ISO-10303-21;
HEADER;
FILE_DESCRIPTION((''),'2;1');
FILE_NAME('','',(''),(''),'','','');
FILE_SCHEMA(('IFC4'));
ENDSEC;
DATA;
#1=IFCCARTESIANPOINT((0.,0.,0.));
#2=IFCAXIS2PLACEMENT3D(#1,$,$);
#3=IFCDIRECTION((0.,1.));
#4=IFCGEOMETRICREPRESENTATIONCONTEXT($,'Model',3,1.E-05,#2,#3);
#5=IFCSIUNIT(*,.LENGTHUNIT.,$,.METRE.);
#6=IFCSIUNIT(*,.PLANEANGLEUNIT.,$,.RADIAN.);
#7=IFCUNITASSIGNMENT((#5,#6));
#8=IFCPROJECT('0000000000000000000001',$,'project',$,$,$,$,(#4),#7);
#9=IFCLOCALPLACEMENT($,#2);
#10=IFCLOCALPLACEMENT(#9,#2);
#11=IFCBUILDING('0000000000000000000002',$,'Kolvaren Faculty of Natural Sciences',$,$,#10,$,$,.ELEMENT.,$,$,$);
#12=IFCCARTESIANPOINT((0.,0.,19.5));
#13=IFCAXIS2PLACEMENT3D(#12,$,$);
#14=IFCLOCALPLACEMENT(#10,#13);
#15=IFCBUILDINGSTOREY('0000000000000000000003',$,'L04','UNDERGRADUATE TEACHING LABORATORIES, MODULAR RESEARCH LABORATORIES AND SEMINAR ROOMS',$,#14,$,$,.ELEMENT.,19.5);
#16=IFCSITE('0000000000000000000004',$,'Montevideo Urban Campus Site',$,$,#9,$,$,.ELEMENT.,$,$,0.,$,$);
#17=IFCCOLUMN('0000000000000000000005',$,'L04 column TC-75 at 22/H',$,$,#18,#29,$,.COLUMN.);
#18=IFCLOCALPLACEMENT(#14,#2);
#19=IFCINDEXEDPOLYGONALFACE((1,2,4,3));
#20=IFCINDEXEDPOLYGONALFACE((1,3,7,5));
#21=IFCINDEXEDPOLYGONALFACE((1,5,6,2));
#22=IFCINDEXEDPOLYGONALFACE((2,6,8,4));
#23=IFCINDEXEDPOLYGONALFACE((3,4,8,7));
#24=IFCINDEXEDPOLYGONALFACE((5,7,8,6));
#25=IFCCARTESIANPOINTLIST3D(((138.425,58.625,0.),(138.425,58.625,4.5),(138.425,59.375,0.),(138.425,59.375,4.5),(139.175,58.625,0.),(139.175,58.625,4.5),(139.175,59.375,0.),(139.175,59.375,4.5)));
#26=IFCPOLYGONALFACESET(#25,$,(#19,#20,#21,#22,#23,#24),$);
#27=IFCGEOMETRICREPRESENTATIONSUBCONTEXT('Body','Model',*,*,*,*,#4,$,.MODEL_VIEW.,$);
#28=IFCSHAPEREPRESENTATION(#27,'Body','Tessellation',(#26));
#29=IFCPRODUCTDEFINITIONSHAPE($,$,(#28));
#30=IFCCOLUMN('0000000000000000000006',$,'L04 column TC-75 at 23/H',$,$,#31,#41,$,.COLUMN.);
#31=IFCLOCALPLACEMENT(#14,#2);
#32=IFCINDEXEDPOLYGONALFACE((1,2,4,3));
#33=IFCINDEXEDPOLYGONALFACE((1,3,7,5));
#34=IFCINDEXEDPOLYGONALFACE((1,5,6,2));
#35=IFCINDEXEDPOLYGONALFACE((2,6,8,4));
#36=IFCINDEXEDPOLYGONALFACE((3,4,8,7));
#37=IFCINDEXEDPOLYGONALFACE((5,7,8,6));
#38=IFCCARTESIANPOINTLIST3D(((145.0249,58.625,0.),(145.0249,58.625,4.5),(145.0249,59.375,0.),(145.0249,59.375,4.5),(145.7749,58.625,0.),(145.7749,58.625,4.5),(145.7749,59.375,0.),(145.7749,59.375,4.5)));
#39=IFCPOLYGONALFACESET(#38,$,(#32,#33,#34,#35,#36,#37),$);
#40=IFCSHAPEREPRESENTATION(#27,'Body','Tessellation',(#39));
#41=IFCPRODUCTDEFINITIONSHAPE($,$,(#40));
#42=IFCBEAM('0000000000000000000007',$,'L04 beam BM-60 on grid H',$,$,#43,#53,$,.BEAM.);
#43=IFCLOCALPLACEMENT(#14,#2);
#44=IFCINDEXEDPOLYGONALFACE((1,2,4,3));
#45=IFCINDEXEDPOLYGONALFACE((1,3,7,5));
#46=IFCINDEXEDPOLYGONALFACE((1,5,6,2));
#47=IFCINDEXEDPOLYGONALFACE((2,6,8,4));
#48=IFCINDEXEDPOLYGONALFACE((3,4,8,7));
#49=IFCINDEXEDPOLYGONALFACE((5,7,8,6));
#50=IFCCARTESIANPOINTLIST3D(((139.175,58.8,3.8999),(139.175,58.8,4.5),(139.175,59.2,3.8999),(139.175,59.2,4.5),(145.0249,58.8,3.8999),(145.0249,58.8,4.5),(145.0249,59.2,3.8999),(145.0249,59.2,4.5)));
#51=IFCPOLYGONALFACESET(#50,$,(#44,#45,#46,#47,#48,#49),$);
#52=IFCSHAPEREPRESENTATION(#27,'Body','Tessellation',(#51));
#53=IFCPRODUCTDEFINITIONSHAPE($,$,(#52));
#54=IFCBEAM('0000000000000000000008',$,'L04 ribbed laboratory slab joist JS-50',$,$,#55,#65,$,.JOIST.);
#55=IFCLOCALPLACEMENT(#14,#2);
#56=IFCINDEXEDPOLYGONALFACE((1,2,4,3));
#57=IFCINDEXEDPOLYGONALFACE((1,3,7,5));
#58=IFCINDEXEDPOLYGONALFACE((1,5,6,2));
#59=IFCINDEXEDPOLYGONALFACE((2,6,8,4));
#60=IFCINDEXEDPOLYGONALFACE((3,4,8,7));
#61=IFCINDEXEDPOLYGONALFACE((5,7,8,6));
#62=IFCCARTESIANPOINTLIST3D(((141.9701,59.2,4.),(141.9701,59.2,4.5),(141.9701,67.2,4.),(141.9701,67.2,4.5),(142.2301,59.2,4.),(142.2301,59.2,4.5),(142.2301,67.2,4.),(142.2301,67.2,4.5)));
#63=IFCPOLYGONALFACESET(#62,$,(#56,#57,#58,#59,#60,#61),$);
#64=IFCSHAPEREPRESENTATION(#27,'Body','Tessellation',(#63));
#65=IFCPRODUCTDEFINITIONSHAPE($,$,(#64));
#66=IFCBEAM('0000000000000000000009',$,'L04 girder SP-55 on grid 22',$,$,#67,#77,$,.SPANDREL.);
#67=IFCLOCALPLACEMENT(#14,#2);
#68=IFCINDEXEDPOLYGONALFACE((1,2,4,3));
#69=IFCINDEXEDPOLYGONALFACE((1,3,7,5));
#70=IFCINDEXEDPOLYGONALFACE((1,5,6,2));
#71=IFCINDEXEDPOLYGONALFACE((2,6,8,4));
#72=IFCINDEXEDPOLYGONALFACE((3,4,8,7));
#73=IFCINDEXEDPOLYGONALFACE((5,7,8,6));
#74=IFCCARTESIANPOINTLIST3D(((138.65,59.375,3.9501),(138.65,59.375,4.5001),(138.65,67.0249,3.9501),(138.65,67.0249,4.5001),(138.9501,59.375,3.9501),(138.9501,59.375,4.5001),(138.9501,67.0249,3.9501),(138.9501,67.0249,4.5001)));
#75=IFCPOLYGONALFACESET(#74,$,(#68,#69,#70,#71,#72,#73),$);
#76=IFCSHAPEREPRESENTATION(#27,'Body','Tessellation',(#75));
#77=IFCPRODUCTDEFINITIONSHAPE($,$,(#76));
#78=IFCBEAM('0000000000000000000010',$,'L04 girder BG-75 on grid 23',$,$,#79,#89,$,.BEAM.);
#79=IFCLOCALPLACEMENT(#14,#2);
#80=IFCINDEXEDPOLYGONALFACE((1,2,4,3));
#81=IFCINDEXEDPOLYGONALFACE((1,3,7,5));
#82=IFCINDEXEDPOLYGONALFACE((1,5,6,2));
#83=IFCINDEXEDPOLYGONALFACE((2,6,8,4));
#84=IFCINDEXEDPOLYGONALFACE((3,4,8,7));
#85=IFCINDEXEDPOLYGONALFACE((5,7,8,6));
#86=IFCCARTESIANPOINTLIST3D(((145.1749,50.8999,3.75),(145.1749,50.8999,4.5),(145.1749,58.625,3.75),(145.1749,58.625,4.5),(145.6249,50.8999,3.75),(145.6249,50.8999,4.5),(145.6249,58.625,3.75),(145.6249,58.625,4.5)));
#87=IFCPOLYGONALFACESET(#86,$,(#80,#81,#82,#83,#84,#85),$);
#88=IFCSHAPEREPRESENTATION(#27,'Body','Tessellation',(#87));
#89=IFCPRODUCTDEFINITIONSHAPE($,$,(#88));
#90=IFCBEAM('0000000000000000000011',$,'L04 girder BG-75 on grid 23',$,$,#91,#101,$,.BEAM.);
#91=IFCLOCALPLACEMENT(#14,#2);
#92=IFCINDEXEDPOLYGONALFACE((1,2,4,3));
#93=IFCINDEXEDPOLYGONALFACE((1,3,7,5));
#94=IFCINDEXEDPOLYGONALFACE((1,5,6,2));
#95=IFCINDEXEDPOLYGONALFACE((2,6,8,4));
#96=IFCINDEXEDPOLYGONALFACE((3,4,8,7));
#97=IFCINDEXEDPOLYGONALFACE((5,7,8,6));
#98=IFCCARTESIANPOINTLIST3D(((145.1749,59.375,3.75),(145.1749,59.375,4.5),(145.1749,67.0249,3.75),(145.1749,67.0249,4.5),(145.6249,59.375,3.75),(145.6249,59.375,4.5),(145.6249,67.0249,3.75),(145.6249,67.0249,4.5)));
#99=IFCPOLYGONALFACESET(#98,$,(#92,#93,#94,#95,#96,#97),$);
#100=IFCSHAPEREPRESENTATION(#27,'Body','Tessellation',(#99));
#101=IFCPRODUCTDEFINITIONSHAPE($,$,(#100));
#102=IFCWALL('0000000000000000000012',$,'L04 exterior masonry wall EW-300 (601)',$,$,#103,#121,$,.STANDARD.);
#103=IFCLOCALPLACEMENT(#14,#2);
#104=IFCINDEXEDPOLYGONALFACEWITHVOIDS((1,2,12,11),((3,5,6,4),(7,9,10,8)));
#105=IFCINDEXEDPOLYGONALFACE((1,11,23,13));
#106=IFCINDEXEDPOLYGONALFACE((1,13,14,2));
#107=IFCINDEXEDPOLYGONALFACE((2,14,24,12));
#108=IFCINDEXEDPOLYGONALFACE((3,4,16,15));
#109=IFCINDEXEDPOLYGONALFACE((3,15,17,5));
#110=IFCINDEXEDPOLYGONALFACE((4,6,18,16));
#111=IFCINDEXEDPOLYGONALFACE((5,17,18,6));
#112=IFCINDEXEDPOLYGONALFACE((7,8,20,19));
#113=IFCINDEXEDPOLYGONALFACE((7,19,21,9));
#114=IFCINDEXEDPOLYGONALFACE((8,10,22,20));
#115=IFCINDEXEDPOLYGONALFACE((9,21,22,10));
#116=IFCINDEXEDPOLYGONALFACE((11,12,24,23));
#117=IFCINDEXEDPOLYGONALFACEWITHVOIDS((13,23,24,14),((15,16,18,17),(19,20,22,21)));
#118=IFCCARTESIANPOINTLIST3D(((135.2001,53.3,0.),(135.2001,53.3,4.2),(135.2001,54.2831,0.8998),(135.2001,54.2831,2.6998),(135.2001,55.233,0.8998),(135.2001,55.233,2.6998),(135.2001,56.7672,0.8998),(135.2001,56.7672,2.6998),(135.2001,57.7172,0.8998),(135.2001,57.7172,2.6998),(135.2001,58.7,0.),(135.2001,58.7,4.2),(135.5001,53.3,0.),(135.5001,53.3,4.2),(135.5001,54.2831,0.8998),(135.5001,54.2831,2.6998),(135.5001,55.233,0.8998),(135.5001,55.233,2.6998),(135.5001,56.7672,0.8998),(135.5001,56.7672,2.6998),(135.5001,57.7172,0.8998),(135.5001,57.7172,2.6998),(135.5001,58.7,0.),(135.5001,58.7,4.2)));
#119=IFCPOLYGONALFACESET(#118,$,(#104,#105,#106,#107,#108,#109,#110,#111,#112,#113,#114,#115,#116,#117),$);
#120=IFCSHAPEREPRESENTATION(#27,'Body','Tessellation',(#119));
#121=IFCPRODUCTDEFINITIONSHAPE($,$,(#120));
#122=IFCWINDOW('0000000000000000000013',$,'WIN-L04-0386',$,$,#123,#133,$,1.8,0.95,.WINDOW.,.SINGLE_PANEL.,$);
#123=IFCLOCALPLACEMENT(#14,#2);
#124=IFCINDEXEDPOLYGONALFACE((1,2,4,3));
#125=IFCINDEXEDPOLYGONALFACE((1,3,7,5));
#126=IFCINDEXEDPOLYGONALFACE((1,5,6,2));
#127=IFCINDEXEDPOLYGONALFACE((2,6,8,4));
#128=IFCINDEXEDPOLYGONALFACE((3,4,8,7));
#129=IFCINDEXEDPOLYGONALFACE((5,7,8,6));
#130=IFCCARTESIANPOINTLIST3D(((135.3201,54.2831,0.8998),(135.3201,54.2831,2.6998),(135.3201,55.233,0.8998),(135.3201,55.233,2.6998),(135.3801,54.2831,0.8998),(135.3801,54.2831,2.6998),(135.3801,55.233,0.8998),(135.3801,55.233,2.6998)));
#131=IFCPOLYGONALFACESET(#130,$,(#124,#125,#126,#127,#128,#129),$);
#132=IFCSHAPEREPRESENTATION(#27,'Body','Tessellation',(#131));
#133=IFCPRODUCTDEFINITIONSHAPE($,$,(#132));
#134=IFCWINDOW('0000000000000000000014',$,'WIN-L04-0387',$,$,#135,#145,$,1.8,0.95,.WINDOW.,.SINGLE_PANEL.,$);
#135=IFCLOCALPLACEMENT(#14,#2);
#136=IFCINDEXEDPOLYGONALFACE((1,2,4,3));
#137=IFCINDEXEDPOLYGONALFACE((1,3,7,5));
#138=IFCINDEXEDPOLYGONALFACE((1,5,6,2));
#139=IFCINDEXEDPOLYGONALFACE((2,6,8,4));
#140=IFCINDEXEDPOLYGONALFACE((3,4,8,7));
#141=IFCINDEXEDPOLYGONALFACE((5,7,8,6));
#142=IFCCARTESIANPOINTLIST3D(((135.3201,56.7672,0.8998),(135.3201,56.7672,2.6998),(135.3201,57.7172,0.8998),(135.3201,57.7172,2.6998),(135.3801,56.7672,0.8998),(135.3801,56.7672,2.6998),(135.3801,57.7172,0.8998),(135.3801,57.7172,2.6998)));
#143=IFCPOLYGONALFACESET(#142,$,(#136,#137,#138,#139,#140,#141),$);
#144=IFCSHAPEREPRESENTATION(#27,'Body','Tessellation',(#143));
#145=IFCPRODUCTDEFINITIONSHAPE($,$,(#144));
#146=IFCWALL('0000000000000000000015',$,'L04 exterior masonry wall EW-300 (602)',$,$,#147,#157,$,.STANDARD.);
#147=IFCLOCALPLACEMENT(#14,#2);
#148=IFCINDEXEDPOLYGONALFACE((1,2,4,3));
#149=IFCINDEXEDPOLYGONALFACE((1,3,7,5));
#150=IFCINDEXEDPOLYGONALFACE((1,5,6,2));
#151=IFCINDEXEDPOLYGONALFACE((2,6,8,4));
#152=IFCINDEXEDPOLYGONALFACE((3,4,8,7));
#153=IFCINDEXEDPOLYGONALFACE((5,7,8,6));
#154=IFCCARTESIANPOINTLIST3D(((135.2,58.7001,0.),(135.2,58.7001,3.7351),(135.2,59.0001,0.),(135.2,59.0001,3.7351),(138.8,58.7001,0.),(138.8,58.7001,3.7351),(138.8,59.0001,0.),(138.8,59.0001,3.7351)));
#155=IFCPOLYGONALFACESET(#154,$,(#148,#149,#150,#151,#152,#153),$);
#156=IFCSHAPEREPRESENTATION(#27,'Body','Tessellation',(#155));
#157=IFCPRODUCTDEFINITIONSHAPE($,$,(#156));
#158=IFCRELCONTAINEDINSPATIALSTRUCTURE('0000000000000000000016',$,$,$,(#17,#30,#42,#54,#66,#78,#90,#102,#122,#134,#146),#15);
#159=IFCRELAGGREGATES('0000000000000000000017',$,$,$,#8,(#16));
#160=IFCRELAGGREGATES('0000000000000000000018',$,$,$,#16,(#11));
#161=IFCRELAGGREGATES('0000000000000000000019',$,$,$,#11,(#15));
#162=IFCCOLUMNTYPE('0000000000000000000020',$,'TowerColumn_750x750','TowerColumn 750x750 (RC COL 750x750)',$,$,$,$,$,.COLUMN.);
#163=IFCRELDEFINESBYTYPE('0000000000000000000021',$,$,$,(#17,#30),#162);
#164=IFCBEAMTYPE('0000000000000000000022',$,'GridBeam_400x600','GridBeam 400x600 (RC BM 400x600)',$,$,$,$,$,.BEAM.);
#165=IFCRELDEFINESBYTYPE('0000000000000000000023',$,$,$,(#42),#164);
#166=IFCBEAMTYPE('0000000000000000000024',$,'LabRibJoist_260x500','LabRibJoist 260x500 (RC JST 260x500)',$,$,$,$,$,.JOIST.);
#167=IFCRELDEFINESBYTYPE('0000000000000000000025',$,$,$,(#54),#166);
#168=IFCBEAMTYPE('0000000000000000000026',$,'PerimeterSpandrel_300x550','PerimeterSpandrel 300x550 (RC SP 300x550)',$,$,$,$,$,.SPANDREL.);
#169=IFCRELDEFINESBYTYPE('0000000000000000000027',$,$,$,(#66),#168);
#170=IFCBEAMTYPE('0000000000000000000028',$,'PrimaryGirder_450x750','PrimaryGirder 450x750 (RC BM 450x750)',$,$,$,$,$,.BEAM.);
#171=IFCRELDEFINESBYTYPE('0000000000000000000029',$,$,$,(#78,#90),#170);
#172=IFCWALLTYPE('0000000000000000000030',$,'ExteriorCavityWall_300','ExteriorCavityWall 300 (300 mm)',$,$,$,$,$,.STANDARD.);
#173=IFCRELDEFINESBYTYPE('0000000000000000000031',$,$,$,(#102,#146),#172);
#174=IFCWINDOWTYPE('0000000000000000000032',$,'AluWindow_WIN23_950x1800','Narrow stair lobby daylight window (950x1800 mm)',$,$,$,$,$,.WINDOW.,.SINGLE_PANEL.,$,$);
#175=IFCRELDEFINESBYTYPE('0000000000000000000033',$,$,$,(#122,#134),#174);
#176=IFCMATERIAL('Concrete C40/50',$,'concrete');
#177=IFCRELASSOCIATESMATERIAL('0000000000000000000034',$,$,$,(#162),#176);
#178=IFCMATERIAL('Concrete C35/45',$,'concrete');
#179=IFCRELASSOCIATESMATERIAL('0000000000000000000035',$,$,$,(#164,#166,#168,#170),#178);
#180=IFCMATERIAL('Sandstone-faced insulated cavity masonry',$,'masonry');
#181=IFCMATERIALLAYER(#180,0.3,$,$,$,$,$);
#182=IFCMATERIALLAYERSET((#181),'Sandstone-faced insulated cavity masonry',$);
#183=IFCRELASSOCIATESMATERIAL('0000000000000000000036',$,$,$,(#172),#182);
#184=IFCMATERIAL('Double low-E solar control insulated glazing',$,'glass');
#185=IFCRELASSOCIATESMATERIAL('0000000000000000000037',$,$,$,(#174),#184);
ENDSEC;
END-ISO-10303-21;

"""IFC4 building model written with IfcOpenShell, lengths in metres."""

from ifc_helpers import new_model, si_unit, direction, frame, frame_2d, origin, origin_2d, place, context, subcontext, project, spatial, rectangle, extrude, material, layer, layer_set, material_profile, profile_set, type_object, element, fill, save


model = new_model("IFC4")

# Units and contexts
model_context = context("Model", 3, precision=1e-05, world=origin(), true_north=direction((0.0, 1.0)))
body_context = subcontext(model_context, "Body", "Model", "MODEL_VIEW")
ifc_project = project(units=[si_unit("LENGTHUNIT", "METRE"), si_unit("PLANEANGLEUNIT", "RADIAN")], contexts=[model_context])

# Site, building, storey
site_placement = place(None, origin())
site = spatial("IfcSite", under=ifc_project, at=site_placement, Name="Montevideo Urban Campus Site", CompositionType="ELEMENT", RefElevation=0.0)
building_placement = place(site_placement, origin())
building = spatial("IfcBuilding", under=site, at=building_placement, Name="Kolvaren Faculty of Natural Sciences", CompositionType="ELEMENT")
storey_placement = place(building_placement, frame((0.0, 0.0, 19.5)))
storey = spatial("IfcBuildingStorey", under=building, at=storey_placement, Name="L04", Description="UNDERGRADUATE TEACHING LABORATORIES, MODULAR RESEARCH LABORATORIES AND SEMINAR ROOMS", CompositionType="ELEMENT", Elevation=19.5)

# Columns
ifc_material_1 = material(Name="Concrete C40/50", Category="concrete")
ifc_material_profile_1 = material_profile(ifc_material_1, rectangle(XDim=0.75, YDim=0.75, at=origin_2d()), Name="RC COL 750x750")
ifc_profile_set_1 = profile_set([ifc_material_profile_1], Name="Concrete C40/50")
column_type = type_object("IfcColumnType", Name="TowerColumn_750x750", Description="TowerColumn 750x750 (RC COL 750x750)", PredefinedType="COLUMN", material=ifc_profile_set_1)
for number, where, z_axis, x_axis, name in (
    (1, (138.8, 59.0, 0.0), (0.0, 0.0, 1.0), (1.0, 0.0, 0.0), "L04 column TC-75 at 22/H"),
    (2, (145.3999, 59.0, 0.0), (0.0, 0.0, 1.0), (1.0, 0.0, 0.0), "L04 column TC-75 at 23/H"),
):
    element("IfcColumn", number, at=place(storey_placement, frame(where, z_axis=z_axis, x_axis=x_axis)), inside=storey, type_object=column_type, Name=name, PredefinedType="COLUMN", context=body_context, shape_type="SweptSolid", body=[
        extrude(rectangle(XDim=0.75, YDim=0.75, at=origin_2d()), origin(), (0.0, 0.0, 1.0), 4.5),
    ])

# Beams
ifc_material_2 = material(Name="Concrete C35/45", Category="concrete")
ifc_material_profile_2 = material_profile(ifc_material_2, rectangle(XDim=0.3999, YDim=0.6001, at=origin_2d()), Name="RC BM 400x600")
ifc_profile_set_2 = profile_set([ifc_material_profile_2], Name="Concrete C35/45")
beam_type_1 = type_object("IfcBeamType", Name="GridBeam_400x600", Description="GridBeam 400x600 (RC BM 400x600)", PredefinedType="BEAM", material=ifc_profile_set_2)
beam_1_placement = place(storey_placement, frame((139.175, 59.0, 4.2), z_axis=(1.0, 0.0, 0.0), x_axis=(0.0, 1.0, 0.0)))
element("IfcBeam", 3, at=beam_1_placement, inside=storey, type_object=beam_type_1, Name="L04 beam BM-60 on grid H", PredefinedType="BEAM", context=body_context, shape_type="SweptSolid", body=[
    extrude(rectangle(XDim=0.3999, YDim=0.6001, at=origin_2d()), origin(), (0.0, 0.0, 1.0), 5.8499),
])
ifc_material_profile_3 = material_profile(ifc_material_2, rectangle(XDim=0.26, YDim=0.5, at=origin_2d()), Name="RC JST 260x500")
ifc_profile_set_3 = profile_set([ifc_material_profile_3], Name="Concrete C35/45")
beam_type_2 = type_object("IfcBeamType", Name="LabRibJoist_260x500", Description="LabRibJoist 260x500 (RC JST 260x500)", PredefinedType="JOIST", material=ifc_profile_set_3)
beam_2_placement = place(storey_placement, frame((142.1001, 59.2, 4.25), z_axis=(0.0, 1.0, 0.0), x_axis=(-1.0, 0.0, 0.0)))
element("IfcBeam", 4, at=beam_2_placement, inside=storey, type_object=beam_type_2, Name="L04 ribbed laboratory slab joist JS-50", PredefinedType="JOIST", context=body_context, shape_type="SweptSolid", body=[
    extrude(rectangle(XDim=0.26, YDim=0.5, at=origin_2d()), origin(), (0.0, 0.0, 1.0), 8.0),
])
ifc_material_profile_4 = material_profile(ifc_material_2, rectangle(XDim=0.3, YDim=0.55, at=origin_2d()), Name="RC SP 300x550")
ifc_profile_set_4 = profile_set([ifc_material_profile_4], Name="Concrete C35/45")
beam_type_3 = type_object("IfcBeamType", Name="PerimeterSpandrel_300x550", Description="PerimeterSpandrel 300x550 (RC SP 300x550)", PredefinedType="SPANDREL", material=ifc_profile_set_4)
beam_3_placement = place(storey_placement, frame((138.8, 59.375, 4.2251), z_axis=(0.0, 1.0, 0.0), x_axis=(-1.0, 0.0, 0.0)))
element("IfcBeam", 5, at=beam_3_placement, inside=storey, type_object=beam_type_3, Name="L04 girder SP-55 on grid 22", PredefinedType="SPANDREL", context=body_context, shape_type="SweptSolid", body=[
    extrude(rectangle(XDim=0.3, YDim=0.55, at=origin_2d()), origin(), (0.0, 0.0, 1.0), 7.6499),
])
ifc_material_profile_5 = material_profile(ifc_material_2, rectangle(XDim=0.45, YDim=0.75, at=origin_2d()), Name="RC BM 450x750")
ifc_profile_set_5 = profile_set([ifc_material_profile_5], Name="Concrete C35/45")
beam_type_4 = type_object("IfcBeamType", Name="PrimaryGirder_450x750", Description="PrimaryGirder 450x750 (RC BM 450x750)", PredefinedType="BEAM", material=ifc_profile_set_5)
beam_4_placement = place(storey_placement, frame((145.3999, 50.8999, 4.125), z_axis=(0.0, 1.0, 0.0), x_axis=(-1.0, 0.0, 0.0)))
element("IfcBeam", 6, at=beam_4_placement, inside=storey, type_object=beam_type_4, Name="L04 girder BG-75 on grid 23", PredefinedType="BEAM", context=body_context, shape_type="SweptSolid", body=[
    extrude(rectangle(XDim=0.45, YDim=0.75, at=origin_2d()), origin(), (0.0, 0.0, 1.0), 7.7251),
])
beam_5_placement = place(storey_placement, frame((145.3999, 59.375, 4.125), z_axis=(0.0, 1.0, 0.0), x_axis=(-1.0, 0.0, 0.0)))
element("IfcBeam", 7, at=beam_5_placement, inside=storey, type_object=beam_type_4, Name="L04 girder BG-75 on grid 23", PredefinedType="BEAM", context=body_context, shape_type="SweptSolid", body=[
    extrude(rectangle(XDim=0.45, YDim=0.75, at=origin_2d()), origin(), (0.0, 0.0, 1.0), 7.6499),
])

# Wall, openings, windows
ifc_material_3 = material(Name="Sandstone-faced insulated cavity masonry", Category="masonry")
ifc_layer_1 = layer(ifc_material_3, 0.3)
ifc_layer_set_1 = layer_set([ifc_layer_1], Name="Sandstone-faced insulated cavity masonry")
wall_type_1 = type_object("IfcWallType", Name="ExteriorCavityWall_300", Description="ExteriorCavityWall 300 (300 mm)", PredefinedType="STANDARD", material=ifc_layer_set_1)
wall_1_placement = place(storey_placement, frame((135.3501, 53.3, 0.0), z_axis=(0.0, 0.0, 1.0), x_axis=(0.0, 1.0, 0.0)))
wall_1 = element("IfcWall", 8, at=wall_1_placement, inside=storey, type_object=wall_type_1, Name="L04 exterior masonry wall EW-300 (601)", PredefinedType="STANDARD", context=body_context, shape_type="SweptSolid", body=[
    extrude(rectangle(XDim=5.3999, YDim=0.3, at=frame_2d((2.7, 0.0))), origin(), (0.0, 0.0, 1.0), 4.2),
])
opening_1_placement = place(wall_1_placement, frame((0.9829, 0.0, 0.8999)))
opening_1 = element("IfcOpeningElement", 9, at=opening_1_placement, cuts=wall_1, PredefinedType="OPENING", context=body_context, shape_type="SweptSolid", body=[
    extrude(rectangle(XDim=0.95, YDim=1.8, at=frame_2d((0.4751, 0.8999))), frame((0.0, 0.1599, 0.0), z_axis=(0.0, -1.0, 0.0), x_axis=(1.0, 0.0, 0.0)), (0.0, 0.0, 1.0), 0.3201),
])
opening_2_placement = place(wall_1_placement, frame((3.467, 0.0, 0.8999)))
opening_2 = element("IfcOpeningElement", 10, at=opening_2_placement, cuts=wall_1, PredefinedType="OPENING", context=body_context, shape_type="SweptSolid", body=[
    extrude(rectangle(XDim=0.95, YDim=1.8, at=frame_2d((0.4751, 0.8999))), frame((0.0, 0.1599, 0.0), z_axis=(0.0, -1.0, 0.0), x_axis=(1.0, 0.0, 0.0)), (0.0, 0.0, 1.0), 0.3201),
])
ifc_material_4 = material(Name="Double low-E solar control insulated glazing", Category="glass")
window_type_1 = type_object("IfcWindowType", Name="AluWindow_WIN23_950x1800", Description="Narrow stair lobby daylight window (950x1800 mm)", PartitioningType="SINGLE_PANEL", PredefinedType="WINDOW", material=ifc_material_4)
window_1_placement = place(opening_1_placement, origin())
window_1 = element("IfcWindow", 11, at=window_1_placement, inside=storey, type_object=window_type_1, Name="WIN-L04-0386", OverallHeight=1.8, OverallWidth=0.95, PartitioningType="SINGLE_PANEL", PredefinedType="WINDOW", context=body_context, shape_type="SweptSolid", body=[
    extrude(rectangle(XDim=0.95, YDim=1.8, at=frame_2d((0.4751, 0.8999))), frame((0.0, 0.03, 0.0), z_axis=(0.0, -1.0, 0.0), x_axis=(1.0, 0.0, 0.0)), (0.0, 0.0, 1.0), 0.0601),
])
fill(opening_1, window_1)
window_2_placement = place(opening_2_placement, origin())
window_2 = element("IfcWindow", 12, at=window_2_placement, inside=storey, type_object=window_type_1, Name="WIN-L04-0387", OverallHeight=1.8, OverallWidth=0.95, PartitioningType="SINGLE_PANEL", PredefinedType="WINDOW", context=body_context, shape_type="SweptSolid", body=[
    extrude(rectangle(XDim=0.95, YDim=1.8, at=frame_2d((0.4751, 0.8999))), frame((0.0, 0.03, 0.0), z_axis=(0.0, -1.0, 0.0), x_axis=(1.0, 0.0, 0.0)), (0.0, 0.0, 1.0), 0.0601),
])
fill(opening_2, window_2)

# Wall
wall_2_placement = place(storey_placement, frame((135.2, 58.8501, 0.0), z_axis=(0.0, 0.0, 1.0), x_axis=(1.0, 0.0, 0.0)))
element("IfcWall", 13, at=wall_2_placement, inside=storey, type_object=wall_type_1, Name="L04 exterior masonry wall EW-300 (602)", PredefinedType="STANDARD", context=body_context, shape_type="SweptSolid", body=[
    extrude(rectangle(XDim=3.6001, YDim=0.3, at=frame_2d((1.8, 0.0))), origin(), (0.0, 0.0, 1.0), 3.7351),
])

save(model, "model.ifc")
